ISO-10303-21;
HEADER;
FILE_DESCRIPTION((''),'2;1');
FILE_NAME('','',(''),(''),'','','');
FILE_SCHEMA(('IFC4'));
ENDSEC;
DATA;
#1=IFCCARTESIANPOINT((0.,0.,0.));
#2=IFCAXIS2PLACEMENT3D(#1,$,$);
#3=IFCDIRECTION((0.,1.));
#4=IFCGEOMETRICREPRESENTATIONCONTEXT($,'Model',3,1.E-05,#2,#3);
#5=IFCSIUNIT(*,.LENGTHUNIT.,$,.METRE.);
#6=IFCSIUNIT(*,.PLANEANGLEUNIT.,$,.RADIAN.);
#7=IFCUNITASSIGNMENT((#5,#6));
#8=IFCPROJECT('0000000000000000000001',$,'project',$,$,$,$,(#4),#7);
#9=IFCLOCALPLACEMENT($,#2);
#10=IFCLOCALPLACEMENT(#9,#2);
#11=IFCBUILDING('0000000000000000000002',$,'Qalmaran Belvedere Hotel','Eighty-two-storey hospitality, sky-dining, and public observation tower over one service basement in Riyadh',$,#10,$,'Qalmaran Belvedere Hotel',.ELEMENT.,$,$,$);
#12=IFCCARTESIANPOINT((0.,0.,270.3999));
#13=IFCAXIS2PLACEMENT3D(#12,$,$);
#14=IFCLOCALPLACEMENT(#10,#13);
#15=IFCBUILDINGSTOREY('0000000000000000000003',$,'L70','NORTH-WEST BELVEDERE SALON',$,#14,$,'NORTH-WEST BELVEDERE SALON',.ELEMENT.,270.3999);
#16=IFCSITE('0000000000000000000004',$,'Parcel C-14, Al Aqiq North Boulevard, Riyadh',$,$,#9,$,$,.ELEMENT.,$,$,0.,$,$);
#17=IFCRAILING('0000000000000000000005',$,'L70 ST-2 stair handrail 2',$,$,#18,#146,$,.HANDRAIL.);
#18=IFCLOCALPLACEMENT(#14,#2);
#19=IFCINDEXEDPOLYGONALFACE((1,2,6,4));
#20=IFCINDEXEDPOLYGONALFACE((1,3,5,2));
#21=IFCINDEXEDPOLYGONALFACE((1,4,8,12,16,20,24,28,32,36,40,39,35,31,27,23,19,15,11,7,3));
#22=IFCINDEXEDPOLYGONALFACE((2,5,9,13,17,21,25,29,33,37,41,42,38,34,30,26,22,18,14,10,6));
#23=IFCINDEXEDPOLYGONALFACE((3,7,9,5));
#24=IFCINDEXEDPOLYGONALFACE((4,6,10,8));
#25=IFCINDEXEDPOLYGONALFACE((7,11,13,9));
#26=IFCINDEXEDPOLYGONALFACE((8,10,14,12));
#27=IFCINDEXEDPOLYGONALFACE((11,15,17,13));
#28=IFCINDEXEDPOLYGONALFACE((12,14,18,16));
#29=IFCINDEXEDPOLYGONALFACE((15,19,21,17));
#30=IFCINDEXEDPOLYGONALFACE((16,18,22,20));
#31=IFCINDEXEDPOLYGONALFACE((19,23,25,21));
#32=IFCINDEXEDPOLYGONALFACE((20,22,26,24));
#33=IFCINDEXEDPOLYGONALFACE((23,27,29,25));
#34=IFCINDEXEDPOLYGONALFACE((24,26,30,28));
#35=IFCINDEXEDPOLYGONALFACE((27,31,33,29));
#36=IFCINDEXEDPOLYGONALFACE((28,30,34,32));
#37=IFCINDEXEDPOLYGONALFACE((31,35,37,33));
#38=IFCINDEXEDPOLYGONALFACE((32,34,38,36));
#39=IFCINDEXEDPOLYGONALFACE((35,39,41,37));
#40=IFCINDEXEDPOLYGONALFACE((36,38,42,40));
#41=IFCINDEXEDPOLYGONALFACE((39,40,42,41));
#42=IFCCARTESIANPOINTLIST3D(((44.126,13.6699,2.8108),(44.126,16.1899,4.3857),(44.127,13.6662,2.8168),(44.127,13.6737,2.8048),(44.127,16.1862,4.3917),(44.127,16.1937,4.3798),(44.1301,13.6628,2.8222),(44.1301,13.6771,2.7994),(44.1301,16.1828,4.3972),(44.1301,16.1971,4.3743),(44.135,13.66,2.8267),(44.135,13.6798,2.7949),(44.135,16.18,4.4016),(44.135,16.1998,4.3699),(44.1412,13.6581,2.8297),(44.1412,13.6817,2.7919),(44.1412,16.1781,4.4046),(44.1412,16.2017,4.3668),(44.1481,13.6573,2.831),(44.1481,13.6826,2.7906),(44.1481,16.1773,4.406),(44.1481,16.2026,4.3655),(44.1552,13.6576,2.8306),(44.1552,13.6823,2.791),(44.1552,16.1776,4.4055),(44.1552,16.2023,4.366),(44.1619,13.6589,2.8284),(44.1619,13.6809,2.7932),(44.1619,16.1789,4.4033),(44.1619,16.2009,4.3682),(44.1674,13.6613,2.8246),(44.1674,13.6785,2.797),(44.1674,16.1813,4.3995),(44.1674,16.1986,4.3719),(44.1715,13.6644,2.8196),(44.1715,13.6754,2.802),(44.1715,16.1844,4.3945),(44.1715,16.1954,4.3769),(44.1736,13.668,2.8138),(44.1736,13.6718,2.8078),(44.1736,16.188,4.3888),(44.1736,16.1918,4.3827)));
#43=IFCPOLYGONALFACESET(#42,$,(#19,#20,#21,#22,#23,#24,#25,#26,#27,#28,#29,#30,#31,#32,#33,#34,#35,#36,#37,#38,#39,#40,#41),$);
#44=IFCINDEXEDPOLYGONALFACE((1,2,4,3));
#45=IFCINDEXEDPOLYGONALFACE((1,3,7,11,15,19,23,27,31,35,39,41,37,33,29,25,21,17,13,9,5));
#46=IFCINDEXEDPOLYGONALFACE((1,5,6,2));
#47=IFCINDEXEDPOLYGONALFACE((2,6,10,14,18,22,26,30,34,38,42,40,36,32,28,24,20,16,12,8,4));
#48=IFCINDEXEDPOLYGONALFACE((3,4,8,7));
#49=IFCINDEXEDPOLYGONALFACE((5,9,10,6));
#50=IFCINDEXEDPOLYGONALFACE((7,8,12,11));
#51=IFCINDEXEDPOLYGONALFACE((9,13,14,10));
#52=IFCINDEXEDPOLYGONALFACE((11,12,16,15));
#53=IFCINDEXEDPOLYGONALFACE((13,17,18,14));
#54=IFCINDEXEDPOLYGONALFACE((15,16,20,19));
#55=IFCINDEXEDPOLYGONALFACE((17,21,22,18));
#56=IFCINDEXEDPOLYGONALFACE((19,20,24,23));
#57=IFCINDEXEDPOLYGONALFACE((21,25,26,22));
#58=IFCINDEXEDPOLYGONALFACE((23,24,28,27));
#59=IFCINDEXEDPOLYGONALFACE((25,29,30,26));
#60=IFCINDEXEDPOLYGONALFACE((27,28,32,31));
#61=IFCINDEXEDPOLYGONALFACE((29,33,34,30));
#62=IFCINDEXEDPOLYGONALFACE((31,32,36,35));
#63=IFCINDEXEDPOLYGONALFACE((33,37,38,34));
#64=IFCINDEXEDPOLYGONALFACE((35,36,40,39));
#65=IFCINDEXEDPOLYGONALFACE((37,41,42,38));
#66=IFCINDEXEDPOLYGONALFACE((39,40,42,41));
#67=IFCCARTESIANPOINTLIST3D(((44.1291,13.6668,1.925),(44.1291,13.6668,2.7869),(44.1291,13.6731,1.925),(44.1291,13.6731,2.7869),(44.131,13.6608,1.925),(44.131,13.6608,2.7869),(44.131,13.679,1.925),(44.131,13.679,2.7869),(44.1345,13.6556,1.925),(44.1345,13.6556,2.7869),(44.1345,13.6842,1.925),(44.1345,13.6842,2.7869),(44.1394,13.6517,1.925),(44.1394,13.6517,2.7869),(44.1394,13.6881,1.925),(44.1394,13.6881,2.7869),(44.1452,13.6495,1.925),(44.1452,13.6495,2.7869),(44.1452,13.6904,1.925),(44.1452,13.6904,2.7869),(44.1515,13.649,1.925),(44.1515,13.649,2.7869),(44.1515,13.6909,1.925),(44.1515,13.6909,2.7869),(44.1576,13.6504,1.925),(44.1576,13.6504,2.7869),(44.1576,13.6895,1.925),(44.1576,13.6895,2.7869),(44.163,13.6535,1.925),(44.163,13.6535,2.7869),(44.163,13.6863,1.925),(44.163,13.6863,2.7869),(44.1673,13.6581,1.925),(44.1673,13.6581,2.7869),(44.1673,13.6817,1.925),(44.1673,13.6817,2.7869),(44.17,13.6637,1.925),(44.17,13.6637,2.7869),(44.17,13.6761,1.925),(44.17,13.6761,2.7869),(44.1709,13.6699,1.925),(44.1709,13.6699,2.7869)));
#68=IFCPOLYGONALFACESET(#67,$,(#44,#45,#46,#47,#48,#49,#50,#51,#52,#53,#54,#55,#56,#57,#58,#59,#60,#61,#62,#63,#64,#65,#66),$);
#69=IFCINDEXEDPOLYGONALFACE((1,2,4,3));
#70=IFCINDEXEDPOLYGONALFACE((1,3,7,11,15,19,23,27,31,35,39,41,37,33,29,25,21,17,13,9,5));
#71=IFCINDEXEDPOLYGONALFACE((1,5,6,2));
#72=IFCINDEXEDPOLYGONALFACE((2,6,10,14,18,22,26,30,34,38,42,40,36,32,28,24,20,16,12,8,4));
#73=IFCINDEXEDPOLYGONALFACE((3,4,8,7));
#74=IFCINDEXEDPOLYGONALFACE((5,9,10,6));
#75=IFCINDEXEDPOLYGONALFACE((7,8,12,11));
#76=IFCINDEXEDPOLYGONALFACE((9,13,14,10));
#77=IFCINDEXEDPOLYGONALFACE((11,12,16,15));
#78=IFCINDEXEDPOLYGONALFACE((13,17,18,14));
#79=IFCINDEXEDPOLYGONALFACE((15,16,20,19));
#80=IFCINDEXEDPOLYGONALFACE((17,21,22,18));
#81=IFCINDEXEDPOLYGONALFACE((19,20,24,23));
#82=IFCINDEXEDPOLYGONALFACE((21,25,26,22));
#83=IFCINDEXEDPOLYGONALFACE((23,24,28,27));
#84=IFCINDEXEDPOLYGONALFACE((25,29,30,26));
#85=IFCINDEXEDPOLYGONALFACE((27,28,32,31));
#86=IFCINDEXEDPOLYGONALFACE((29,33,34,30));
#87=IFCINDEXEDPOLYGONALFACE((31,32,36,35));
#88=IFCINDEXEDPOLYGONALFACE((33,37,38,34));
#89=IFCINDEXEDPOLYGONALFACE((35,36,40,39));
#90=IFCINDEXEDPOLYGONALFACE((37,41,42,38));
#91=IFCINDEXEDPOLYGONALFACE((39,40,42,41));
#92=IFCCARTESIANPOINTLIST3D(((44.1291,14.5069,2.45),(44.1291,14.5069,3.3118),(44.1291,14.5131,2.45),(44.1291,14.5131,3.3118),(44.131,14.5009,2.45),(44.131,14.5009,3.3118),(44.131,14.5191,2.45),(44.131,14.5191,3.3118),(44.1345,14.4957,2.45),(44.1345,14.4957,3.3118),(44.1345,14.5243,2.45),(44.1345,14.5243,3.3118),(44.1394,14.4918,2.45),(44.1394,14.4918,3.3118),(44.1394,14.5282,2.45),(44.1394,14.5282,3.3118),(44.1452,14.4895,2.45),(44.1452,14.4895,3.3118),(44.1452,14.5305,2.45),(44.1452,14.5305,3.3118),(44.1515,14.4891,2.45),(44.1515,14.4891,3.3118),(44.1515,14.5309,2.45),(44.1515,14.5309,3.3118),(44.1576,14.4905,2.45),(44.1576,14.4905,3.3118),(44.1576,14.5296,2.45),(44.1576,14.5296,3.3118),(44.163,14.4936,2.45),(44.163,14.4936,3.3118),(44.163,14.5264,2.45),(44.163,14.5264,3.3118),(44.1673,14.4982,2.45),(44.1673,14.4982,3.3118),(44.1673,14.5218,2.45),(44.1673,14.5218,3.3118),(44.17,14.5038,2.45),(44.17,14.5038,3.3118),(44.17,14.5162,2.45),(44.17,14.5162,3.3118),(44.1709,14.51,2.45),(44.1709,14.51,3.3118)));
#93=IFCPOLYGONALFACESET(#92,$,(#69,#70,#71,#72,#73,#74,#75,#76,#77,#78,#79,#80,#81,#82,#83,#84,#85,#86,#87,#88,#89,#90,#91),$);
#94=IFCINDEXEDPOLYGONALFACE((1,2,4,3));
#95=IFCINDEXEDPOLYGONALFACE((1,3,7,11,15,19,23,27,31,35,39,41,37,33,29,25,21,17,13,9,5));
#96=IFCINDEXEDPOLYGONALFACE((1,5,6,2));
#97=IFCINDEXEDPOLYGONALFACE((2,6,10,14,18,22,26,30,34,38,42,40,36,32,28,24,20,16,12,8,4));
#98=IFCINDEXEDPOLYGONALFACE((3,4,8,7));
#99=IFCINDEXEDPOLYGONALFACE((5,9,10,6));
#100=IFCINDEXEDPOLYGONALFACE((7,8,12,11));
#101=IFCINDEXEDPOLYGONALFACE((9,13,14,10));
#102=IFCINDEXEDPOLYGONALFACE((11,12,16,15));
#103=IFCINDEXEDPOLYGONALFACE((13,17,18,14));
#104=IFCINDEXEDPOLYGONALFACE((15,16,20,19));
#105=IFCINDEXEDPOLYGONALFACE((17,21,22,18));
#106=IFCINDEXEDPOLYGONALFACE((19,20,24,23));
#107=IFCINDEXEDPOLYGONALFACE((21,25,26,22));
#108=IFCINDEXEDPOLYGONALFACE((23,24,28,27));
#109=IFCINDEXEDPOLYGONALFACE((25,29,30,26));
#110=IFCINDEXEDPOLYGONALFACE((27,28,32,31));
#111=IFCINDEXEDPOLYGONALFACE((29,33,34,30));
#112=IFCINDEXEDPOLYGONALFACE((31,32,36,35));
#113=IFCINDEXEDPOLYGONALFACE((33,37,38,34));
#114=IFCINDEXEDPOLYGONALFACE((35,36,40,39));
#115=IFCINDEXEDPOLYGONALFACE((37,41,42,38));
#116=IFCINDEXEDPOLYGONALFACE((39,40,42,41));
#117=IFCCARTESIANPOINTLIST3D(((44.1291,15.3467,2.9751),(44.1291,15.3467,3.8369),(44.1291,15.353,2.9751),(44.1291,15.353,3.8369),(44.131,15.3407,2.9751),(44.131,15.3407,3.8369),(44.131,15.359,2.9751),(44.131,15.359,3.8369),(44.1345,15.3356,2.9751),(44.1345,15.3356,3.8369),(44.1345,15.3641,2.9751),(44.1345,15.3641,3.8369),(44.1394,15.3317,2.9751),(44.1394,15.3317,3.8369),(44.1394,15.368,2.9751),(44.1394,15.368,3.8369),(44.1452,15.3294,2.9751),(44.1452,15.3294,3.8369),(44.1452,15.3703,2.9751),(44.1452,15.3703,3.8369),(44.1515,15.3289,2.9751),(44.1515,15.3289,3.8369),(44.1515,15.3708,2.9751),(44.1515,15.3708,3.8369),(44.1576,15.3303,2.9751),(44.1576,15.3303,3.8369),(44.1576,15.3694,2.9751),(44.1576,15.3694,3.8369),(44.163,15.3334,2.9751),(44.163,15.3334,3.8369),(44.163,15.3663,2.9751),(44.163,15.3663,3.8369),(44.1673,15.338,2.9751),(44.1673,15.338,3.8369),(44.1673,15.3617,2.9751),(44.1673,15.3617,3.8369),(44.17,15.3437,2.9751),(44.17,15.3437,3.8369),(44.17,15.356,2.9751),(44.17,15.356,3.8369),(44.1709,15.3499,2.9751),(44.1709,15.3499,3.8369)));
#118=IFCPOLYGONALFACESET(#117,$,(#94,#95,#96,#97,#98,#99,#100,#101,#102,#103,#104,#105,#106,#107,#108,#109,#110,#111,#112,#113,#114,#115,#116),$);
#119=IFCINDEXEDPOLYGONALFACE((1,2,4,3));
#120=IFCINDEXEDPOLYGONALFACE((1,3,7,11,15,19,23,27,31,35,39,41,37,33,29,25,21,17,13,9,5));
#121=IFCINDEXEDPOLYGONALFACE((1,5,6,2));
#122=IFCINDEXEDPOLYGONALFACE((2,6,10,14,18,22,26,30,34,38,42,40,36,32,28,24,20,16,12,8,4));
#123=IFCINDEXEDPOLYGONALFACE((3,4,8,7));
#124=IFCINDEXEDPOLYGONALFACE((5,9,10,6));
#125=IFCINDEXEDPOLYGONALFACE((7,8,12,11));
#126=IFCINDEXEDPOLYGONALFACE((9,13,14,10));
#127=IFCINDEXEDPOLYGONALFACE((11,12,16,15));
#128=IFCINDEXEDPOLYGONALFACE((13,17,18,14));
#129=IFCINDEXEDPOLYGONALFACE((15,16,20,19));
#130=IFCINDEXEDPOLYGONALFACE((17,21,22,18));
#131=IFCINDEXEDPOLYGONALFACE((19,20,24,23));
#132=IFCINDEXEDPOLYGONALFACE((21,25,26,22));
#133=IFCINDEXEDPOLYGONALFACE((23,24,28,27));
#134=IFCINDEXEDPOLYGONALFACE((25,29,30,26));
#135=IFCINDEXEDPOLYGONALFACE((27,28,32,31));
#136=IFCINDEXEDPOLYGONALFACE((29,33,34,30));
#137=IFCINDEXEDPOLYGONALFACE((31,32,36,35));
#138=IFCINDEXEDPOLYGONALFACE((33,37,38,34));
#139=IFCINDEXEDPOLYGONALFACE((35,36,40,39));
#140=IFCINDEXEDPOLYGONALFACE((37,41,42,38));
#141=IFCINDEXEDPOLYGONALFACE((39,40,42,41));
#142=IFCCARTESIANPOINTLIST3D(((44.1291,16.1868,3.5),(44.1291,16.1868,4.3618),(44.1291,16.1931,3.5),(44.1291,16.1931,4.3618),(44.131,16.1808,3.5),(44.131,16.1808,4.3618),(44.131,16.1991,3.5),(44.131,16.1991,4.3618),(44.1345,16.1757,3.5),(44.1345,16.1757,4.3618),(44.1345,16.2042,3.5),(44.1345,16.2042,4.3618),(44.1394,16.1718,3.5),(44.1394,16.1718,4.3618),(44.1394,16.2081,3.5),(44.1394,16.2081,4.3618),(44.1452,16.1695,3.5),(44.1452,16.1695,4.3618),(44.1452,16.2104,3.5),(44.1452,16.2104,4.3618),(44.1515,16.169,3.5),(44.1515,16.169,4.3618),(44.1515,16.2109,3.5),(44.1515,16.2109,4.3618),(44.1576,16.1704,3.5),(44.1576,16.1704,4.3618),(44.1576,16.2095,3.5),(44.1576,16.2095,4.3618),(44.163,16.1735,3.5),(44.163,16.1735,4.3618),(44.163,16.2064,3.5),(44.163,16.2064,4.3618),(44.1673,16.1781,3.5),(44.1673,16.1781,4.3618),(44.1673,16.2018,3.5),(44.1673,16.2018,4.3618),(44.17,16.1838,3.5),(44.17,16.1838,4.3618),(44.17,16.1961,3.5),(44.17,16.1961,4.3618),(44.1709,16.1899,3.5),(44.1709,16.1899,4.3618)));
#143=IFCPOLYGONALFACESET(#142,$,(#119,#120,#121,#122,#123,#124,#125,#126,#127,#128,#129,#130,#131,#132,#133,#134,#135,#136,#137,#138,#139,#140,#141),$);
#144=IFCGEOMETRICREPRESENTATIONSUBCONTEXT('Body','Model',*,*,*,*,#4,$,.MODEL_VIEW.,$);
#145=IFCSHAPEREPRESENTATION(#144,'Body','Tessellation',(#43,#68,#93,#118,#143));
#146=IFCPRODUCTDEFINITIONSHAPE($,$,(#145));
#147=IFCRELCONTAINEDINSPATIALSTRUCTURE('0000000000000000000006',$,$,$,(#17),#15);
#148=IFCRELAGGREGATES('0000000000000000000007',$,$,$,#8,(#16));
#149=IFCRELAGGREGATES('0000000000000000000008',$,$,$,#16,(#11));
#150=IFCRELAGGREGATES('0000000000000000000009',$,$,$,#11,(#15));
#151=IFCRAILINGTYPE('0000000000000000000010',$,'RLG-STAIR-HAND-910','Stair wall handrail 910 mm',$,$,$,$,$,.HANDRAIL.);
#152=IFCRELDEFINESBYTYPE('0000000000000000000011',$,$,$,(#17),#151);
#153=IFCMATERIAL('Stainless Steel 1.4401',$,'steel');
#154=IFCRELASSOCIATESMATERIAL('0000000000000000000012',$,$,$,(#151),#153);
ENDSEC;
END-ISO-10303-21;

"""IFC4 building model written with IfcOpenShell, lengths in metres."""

from ifc_helpers import new_model, si_unit, direction, frame, origin, origin_2d, place, context, subcontext, project, spatial, circle, extrude, material, type_object, element, save


model = new_model("IFC4")

# Units and contexts
model_context = context("Model", 3, precision=1e-05, world=origin(), true_north=direction((0.0, 1.0)))
body_context = subcontext(model_context, "Body", "Model", "MODEL_VIEW")
ifc_project = project(units=[si_unit("LENGTHUNIT", "METRE"), si_unit("PLANEANGLEUNIT", "RADIAN")], contexts=[model_context])

# Site, building, storey
site_placement = place(None, origin())
site = spatial("IfcSite", under=ifc_project, at=site_placement, Name="Parcel C-14, Al Aqiq North Boulevard, Riyadh", CompositionType="ELEMENT", RefElevation=0.0)
building_placement = place(site_placement, origin())
building = spatial("IfcBuilding", under=site, at=building_placement, Name="Qalmaran Belvedere Hotel", Description="Eighty-two-storey hospitality, sky-dining, and public observation tower over one service basement in Riyadh", LongName="Qalmaran Belvedere Hotel", CompositionType="ELEMENT")
storey_placement = place(building_placement, frame((0.0, 0.0, 270.3999)))
storey = spatial("IfcBuildingStorey", under=building, at=storey_placement, Name="L70", Description="NORTH-WEST BELVEDERE SALON", LongName="NORTH-WEST BELVEDERE SALON", CompositionType="ELEMENT", Elevation=270.3999)

# Railing
ifc_material_1 = material(Name="Stainless Steel 1.4401", Category="steel")
railing_type_1 = type_object("IfcRailingType", Name="RLG-STAIR-HAND-910", Description="Stair wall handrail 910 mm", PredefinedType="HANDRAIL", material=ifc_material_1)
railing_1_placement = place(storey_placement, frame((44.1499, 13.6699, 1.925)))
element("IfcRailing", 1, at=railing_1_placement, inside=storey, type_object=railing_type_1, Name="L70 ST-2 stair handrail 2", PredefinedType="HANDRAIL", context=body_context, shape_type="SweptSolid", body=[
    extrude(circle(Radius=0.0239, at=origin_2d()), frame((0.0, 0.0, 0.8857), z_axis=(0.0, 0.848008, 0.529984), x_axis=(-1.0, 0.0, 0.0)), (0.0, 0.0, 1.0), 2.9717),
    extrude(circle(Radius=0.021, at=origin_2d()), origin(), (0.0, 0.0, 1.0), 0.8618),
    extrude(circle(Radius=0.021, at=origin_2d()), frame((0.0, 0.8401, 0.5249)), (0.0, 0.0, 1.0), 0.8618),
    extrude(circle(Radius=0.021, at=origin_2d()), frame((0.0, 1.6799, 1.05)), (0.0, 0.0, 1.0), 0.8618),
    extrude(circle(Radius=0.021, at=origin_2d()), frame((0.0, 2.52, 1.575)), (0.0, 0.0, 1.0), 0.8618),
])

save(model, "model.ifc")
